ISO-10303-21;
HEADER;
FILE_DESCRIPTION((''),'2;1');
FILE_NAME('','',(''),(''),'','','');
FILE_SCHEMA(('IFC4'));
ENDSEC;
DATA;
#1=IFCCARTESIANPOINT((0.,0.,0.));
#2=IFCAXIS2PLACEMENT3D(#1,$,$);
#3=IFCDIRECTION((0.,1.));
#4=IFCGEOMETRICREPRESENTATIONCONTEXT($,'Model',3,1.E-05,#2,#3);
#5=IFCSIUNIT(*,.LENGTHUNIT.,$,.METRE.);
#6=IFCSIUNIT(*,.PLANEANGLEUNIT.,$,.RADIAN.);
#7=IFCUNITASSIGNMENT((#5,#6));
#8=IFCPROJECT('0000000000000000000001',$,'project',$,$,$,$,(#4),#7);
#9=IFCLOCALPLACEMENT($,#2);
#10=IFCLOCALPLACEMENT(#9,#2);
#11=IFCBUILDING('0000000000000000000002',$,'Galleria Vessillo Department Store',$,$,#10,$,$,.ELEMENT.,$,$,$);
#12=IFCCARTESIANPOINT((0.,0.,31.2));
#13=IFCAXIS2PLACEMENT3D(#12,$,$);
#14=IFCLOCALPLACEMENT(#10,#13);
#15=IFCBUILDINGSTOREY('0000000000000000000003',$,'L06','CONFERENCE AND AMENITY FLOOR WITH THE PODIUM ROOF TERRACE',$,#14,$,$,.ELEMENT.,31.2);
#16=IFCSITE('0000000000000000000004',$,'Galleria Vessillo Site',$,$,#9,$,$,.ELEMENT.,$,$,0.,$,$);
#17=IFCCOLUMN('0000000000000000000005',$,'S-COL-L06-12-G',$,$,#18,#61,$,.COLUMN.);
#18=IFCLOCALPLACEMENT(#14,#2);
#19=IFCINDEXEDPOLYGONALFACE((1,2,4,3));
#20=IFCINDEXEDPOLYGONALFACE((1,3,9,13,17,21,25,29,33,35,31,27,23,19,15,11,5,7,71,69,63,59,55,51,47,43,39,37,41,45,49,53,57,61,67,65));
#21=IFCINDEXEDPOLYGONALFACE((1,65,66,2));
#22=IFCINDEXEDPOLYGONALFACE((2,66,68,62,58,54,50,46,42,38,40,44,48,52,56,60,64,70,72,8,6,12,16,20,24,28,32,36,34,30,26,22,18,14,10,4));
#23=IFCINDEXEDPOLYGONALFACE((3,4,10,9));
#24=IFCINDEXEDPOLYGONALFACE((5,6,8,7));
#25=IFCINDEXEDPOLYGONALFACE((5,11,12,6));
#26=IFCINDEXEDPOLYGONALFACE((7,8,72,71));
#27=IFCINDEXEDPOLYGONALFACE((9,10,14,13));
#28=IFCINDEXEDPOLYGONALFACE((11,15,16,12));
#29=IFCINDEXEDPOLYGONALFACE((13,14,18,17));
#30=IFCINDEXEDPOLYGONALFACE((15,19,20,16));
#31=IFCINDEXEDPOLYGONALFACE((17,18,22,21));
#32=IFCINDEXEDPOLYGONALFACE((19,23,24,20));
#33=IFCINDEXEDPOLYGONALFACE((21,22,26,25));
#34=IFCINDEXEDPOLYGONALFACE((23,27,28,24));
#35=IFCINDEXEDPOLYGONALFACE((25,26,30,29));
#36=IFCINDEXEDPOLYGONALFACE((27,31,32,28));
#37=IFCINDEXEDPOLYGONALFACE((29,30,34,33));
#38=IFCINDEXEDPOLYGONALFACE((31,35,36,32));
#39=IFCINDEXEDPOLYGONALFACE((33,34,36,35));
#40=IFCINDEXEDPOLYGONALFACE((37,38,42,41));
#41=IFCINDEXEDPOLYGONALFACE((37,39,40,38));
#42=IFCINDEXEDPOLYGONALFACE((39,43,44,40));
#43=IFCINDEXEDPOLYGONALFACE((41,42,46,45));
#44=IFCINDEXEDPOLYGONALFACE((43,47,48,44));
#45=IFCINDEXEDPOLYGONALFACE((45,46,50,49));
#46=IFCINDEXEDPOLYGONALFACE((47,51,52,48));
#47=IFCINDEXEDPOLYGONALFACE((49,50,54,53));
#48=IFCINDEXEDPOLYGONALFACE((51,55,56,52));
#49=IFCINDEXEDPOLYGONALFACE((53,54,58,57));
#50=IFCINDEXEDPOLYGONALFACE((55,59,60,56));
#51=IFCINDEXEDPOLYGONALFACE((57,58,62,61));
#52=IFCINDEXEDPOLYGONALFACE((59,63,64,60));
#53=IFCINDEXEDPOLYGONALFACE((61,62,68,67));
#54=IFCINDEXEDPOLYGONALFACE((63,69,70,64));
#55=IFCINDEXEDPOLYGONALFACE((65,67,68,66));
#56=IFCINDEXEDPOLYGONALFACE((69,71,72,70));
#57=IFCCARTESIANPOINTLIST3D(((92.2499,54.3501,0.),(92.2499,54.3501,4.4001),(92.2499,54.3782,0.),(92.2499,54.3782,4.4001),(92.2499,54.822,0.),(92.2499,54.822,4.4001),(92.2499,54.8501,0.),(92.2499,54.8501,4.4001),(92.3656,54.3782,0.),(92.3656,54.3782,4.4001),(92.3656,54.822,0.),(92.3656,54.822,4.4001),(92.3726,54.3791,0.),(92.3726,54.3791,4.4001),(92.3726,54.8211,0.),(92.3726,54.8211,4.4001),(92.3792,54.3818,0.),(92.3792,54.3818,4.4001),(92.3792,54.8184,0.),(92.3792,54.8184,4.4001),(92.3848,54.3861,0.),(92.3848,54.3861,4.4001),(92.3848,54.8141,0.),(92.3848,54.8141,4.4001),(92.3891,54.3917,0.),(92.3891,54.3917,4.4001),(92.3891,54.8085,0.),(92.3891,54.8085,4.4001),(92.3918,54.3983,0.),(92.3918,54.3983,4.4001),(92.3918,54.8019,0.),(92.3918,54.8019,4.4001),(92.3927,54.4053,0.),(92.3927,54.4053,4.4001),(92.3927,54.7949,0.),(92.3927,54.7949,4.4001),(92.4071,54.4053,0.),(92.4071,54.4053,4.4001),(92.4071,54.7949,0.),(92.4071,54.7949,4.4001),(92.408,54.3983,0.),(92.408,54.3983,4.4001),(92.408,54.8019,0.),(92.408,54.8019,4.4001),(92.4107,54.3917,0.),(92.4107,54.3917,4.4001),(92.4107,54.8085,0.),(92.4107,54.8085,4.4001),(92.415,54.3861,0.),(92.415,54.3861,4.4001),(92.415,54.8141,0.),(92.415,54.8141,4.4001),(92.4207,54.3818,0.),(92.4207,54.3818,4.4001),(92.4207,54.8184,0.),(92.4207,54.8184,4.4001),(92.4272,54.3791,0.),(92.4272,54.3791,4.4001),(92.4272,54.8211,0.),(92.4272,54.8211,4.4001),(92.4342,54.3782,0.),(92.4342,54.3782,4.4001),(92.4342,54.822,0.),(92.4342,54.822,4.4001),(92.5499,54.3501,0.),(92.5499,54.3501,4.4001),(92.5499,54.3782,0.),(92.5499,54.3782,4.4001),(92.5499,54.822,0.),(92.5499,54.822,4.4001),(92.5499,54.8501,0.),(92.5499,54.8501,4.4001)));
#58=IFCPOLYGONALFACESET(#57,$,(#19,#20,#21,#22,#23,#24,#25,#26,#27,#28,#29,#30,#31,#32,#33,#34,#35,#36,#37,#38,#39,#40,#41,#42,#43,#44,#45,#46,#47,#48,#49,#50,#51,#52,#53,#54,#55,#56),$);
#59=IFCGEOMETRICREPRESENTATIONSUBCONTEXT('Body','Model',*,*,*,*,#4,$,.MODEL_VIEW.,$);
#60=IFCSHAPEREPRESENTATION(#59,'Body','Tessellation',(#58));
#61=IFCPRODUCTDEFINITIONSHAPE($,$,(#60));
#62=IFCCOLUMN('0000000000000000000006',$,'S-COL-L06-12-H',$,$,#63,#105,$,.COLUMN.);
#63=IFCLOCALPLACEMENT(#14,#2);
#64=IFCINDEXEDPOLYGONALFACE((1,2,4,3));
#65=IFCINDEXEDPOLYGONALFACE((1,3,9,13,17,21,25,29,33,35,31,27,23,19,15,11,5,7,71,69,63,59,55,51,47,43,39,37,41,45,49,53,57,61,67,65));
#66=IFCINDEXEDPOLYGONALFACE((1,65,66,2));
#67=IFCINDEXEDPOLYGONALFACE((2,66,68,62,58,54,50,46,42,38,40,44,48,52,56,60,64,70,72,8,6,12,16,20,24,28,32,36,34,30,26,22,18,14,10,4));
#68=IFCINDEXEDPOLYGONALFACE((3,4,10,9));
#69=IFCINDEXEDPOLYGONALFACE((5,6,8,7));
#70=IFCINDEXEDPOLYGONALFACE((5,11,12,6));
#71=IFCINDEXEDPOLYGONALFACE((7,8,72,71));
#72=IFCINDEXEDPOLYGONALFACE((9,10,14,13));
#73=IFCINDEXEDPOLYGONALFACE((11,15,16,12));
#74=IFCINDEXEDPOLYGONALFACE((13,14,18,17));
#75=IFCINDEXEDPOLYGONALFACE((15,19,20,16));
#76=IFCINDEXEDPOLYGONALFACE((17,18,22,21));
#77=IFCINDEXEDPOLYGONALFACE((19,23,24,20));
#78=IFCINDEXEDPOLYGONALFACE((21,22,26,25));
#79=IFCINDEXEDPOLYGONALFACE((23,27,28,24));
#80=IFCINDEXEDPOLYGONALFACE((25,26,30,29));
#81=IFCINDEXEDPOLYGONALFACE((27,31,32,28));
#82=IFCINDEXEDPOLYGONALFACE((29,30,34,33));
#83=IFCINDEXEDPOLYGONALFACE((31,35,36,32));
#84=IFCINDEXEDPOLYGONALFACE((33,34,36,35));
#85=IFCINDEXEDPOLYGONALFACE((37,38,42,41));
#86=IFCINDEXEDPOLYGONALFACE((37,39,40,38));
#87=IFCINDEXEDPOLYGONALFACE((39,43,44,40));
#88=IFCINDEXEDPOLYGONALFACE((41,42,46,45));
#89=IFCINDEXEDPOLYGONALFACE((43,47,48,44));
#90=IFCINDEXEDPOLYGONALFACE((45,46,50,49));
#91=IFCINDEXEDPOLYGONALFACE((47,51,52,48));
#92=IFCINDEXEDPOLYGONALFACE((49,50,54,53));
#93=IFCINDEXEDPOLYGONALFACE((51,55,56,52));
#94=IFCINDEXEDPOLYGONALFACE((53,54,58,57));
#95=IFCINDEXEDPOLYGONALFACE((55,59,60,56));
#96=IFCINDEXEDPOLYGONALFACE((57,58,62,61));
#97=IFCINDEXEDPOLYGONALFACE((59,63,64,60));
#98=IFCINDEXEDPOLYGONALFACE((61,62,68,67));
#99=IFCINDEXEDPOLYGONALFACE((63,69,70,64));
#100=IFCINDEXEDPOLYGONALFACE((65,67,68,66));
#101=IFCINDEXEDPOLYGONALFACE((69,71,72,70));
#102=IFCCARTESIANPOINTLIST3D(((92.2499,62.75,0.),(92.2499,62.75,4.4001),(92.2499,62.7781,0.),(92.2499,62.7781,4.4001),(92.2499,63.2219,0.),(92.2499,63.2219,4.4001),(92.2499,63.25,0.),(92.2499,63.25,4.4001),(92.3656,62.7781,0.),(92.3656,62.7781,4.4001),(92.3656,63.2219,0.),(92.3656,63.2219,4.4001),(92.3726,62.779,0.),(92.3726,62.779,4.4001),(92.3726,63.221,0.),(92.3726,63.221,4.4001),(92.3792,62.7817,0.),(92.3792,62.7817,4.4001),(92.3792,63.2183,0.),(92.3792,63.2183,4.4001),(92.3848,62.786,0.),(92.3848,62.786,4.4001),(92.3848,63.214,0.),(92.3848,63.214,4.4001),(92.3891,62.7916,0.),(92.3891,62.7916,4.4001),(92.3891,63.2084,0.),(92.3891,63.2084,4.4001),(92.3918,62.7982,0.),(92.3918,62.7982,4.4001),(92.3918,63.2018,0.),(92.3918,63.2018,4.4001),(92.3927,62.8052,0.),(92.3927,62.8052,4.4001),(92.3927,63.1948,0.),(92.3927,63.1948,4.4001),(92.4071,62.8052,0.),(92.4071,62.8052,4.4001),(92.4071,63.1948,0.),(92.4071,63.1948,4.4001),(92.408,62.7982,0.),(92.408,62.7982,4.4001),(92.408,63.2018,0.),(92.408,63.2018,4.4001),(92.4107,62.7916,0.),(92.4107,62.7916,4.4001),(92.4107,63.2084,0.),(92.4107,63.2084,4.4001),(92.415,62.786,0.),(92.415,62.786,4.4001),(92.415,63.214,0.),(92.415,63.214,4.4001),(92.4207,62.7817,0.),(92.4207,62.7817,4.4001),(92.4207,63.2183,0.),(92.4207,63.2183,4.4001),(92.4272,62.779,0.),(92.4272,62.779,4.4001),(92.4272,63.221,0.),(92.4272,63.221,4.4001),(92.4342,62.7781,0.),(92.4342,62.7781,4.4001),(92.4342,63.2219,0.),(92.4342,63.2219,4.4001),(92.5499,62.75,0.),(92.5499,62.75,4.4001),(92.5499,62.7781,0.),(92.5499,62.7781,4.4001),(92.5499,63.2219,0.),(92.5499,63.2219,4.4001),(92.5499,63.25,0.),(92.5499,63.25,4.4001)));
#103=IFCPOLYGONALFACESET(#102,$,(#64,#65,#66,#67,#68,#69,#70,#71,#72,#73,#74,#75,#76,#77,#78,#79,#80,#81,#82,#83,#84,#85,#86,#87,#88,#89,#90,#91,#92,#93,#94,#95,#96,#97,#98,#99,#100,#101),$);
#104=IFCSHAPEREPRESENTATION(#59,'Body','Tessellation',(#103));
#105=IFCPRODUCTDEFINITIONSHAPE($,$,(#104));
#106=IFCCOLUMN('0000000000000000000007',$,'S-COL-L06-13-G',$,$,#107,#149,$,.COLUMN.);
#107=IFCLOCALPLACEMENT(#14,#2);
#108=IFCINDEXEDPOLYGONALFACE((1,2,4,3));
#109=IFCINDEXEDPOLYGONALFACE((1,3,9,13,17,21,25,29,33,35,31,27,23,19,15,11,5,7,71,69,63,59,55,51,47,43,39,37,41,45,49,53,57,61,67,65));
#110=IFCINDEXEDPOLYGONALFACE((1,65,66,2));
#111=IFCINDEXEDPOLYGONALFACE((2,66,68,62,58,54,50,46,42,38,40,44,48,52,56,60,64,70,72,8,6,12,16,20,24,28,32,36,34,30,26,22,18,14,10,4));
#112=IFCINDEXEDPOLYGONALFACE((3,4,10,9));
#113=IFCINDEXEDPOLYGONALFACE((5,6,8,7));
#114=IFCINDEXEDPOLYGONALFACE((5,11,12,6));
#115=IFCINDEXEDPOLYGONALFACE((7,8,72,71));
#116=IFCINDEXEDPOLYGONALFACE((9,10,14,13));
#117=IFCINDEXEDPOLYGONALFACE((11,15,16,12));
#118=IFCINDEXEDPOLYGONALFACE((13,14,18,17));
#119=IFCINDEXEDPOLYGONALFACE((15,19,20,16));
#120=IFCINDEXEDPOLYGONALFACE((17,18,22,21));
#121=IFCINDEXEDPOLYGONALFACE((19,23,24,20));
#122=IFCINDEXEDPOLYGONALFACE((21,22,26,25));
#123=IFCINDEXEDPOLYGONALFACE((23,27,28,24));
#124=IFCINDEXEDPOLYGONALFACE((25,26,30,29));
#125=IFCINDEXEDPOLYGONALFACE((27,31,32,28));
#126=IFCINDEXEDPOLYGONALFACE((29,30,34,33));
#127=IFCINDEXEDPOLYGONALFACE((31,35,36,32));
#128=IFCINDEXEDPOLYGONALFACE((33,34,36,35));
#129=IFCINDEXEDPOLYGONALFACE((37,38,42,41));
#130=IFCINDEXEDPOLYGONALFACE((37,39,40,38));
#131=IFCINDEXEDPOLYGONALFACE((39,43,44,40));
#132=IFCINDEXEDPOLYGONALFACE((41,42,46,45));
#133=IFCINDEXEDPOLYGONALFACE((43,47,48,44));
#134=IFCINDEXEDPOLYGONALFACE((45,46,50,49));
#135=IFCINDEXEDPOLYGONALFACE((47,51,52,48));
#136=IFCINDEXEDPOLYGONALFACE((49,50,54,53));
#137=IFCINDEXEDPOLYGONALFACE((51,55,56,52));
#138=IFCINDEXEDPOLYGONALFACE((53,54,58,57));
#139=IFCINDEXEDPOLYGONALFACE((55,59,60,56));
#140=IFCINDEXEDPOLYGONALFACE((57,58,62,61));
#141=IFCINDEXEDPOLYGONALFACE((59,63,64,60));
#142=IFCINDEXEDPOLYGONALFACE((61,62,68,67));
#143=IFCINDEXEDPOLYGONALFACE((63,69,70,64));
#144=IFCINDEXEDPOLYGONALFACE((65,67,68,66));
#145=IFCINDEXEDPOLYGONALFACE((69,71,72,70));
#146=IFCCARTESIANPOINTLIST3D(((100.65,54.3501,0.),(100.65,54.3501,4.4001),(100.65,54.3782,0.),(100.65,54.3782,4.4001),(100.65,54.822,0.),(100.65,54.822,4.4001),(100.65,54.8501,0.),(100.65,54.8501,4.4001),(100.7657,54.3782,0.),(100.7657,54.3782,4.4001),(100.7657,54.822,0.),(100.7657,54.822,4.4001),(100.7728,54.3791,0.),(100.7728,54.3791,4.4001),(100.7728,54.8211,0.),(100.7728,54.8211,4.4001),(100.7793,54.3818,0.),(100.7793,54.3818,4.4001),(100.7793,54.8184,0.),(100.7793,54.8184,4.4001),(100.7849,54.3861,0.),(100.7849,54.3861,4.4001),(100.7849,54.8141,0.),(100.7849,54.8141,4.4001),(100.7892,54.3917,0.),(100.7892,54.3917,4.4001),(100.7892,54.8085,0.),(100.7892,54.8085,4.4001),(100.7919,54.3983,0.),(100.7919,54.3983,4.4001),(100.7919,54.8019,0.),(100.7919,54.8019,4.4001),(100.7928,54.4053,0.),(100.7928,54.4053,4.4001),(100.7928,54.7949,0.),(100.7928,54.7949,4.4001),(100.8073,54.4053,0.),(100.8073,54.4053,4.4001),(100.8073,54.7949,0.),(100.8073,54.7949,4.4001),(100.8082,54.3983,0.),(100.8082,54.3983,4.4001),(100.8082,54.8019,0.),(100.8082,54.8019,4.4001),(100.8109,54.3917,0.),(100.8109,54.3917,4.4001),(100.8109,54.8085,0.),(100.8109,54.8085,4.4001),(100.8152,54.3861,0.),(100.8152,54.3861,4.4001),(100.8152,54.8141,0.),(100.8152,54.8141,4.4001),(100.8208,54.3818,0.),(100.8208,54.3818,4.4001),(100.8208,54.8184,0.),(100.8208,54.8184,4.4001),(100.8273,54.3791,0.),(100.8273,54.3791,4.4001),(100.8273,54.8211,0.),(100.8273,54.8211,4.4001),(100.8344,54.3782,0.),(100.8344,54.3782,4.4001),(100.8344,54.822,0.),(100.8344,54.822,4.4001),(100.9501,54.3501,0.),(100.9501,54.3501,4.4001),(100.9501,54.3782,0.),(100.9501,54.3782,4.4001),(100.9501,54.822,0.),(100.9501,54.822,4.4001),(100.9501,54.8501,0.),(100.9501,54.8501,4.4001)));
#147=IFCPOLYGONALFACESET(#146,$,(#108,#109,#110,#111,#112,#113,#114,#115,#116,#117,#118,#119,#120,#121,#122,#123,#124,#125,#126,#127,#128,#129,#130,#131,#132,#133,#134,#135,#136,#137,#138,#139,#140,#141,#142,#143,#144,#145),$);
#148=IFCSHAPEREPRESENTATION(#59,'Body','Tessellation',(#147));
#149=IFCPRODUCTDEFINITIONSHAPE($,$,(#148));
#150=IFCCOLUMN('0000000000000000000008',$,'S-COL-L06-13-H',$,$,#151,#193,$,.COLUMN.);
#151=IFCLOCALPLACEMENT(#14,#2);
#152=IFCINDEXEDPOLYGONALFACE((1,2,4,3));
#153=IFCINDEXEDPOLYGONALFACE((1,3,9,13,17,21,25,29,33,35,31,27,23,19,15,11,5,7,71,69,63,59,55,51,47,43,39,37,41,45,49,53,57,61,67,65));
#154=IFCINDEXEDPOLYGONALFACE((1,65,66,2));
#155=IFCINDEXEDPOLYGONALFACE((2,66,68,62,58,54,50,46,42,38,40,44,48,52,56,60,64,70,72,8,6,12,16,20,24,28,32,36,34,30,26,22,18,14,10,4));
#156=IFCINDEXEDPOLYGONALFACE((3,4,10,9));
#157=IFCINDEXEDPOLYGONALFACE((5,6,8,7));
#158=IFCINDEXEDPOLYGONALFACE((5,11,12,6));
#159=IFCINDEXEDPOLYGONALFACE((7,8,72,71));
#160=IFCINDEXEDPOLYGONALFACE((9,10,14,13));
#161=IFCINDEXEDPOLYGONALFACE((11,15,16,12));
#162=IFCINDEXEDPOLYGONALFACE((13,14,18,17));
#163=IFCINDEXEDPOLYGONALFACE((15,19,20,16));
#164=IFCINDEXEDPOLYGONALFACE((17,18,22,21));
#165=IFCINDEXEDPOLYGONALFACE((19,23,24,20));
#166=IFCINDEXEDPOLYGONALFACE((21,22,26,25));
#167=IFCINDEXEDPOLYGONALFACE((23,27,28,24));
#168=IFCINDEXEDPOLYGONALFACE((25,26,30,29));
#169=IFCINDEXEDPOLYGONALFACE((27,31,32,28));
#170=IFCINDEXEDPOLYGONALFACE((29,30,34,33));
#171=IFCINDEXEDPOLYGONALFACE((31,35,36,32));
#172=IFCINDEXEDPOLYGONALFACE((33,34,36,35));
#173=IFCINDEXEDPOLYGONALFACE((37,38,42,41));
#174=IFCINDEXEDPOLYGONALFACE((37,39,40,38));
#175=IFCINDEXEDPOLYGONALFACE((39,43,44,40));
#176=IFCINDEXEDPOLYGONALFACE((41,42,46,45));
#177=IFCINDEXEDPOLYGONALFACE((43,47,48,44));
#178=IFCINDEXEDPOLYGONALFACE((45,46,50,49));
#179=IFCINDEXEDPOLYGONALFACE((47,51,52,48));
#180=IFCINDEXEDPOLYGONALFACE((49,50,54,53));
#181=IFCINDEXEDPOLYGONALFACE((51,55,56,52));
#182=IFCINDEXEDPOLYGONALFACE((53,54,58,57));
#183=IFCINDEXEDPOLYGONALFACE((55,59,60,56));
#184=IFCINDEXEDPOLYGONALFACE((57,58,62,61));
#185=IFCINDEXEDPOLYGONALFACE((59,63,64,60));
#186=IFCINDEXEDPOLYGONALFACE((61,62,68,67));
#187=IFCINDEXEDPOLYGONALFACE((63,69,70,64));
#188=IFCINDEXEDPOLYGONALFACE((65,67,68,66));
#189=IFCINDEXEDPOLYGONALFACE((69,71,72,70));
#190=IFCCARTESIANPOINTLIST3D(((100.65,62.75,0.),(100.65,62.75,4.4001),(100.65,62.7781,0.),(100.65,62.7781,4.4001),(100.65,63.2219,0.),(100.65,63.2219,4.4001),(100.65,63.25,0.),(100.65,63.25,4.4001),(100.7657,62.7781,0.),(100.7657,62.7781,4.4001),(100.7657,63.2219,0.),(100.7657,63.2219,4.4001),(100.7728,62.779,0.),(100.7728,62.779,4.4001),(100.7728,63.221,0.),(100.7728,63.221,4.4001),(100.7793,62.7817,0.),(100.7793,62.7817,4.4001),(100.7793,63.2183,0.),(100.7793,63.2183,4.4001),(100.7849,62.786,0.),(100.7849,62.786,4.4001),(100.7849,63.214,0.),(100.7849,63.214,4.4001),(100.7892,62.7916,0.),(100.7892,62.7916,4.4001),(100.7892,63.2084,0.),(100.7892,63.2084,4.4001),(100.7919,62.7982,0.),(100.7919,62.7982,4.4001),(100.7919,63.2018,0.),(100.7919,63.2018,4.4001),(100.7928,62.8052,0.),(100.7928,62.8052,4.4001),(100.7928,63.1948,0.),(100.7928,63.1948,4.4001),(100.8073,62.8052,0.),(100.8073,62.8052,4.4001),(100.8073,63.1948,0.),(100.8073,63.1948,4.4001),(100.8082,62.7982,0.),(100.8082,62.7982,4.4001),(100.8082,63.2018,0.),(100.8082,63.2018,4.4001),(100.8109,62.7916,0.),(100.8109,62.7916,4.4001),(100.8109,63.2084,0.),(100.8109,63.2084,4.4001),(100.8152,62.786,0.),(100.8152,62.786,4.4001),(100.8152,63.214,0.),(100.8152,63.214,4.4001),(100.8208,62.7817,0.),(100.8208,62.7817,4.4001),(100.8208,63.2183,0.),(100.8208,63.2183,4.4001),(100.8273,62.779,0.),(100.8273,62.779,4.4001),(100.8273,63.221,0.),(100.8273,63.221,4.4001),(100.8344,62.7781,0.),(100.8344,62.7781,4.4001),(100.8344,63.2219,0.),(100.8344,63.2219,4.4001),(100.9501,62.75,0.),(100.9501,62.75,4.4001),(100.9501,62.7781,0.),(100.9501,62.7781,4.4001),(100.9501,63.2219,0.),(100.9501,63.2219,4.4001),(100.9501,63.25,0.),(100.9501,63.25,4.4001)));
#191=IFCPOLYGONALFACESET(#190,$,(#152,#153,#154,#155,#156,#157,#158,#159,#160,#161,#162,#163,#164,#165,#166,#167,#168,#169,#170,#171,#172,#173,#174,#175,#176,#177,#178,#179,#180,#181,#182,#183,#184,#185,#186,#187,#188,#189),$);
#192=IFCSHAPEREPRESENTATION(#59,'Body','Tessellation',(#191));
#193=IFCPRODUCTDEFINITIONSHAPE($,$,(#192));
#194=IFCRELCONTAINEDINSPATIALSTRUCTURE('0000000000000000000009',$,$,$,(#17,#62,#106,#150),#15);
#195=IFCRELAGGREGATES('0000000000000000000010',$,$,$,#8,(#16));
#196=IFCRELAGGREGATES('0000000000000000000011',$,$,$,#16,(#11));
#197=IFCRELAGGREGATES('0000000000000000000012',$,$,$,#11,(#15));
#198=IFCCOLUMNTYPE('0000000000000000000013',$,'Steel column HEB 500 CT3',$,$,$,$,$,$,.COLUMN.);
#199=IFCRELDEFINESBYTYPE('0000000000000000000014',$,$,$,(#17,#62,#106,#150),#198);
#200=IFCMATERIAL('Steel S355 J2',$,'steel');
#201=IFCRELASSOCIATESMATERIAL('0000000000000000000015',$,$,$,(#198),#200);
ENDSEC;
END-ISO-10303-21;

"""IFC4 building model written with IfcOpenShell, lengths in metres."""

from ifc_helpers import new_model, si_unit, direction, frame, origin, origin_2d, place, context, subcontext, project, spatial, i_section, extrude, material, material_profile, profile_set, type_object, element, save


model = new_model("IFC4")

# Units and contexts
model_context = context("Model", 3, precision=1e-05, world=origin(), true_north=direction((0.0, 1.0)))
body_context = subcontext(model_context, "Body", "Model", "MODEL_VIEW")
ifc_project = project(units=[si_unit("LENGTHUNIT", "METRE"), si_unit("PLANEANGLEUNIT", "RADIAN")], contexts=[model_context])

# Site, building, storey
site_placement = place(None, origin())
site = spatial("IfcSite", under=ifc_project, at=site_placement, Name="Galleria Vessillo Site", CompositionType="ELEMENT", RefElevation=0.0)
building_placement = place(site_placement, origin())
building = spatial("IfcBuilding", under=site, at=building_placement, Name="Galleria Vessillo Department Store", CompositionType="ELEMENT")
storey_placement = place(building_placement, frame((0.0, 0.0, 31.2)))
storey = spatial("IfcBuildingStorey", under=building, at=storey_placement, Name="L06", Description="CONFERENCE AND AMENITY FLOOR WITH THE PODIUM ROOF TERRACE", CompositionType="ELEMENT", Elevation=31.2)

# Columns
ifc_material_1 = material(Name="Steel S355 J2", Category="steel")
ifc_material_profile_1 = material_profile(ifc_material_1, i_section(OverallWidth=0.3, OverallDepth=0.5, WebThickness=0.0144, FlangeThickness=0.0281, FilletRadius=0.0271, at=origin_2d()), Name="HEB 500")
ifc_profile_set_1 = profile_set([ifc_material_profile_1], Name="Steel S355 J2")
column_type = type_object("IfcColumnType", Name="Steel column HEB 500 CT3", PredefinedType="COLUMN", material=ifc_profile_set_1)
for number, where, z_axis, x_axis, name in (
    (1, (92.3999, 54.6001, 0.0), (0.0, 0.0, 1.0), (1.0, 0.0, 0.0), "S-COL-L06-12-G"),
    (2, (92.3999, 63.0, 0.0), (0.0, 0.0, 1.0), (1.0, 0.0, 0.0), "S-COL-L06-12-H"),
    (3, (100.8, 54.6001, 0.0), (0.0, 0.0, 1.0), (1.0, 0.0, 0.0), "S-COL-L06-13-G"),
    (4, (100.8, 63.0, 0.0), (0.0, 0.0, 1.0), (1.0, 0.0, 0.0), "S-COL-L06-13-H"),
):
    element("IfcColumn", number, at=place(storey_placement, frame(where, z_axis=z_axis, x_axis=x_axis)), inside=storey, type_object=column_type, Name=name, PredefinedType="COLUMN", context=body_context, shape_type="SweptSolid", body=[
        extrude(i_section(OverallWidth=0.3, OverallDepth=0.5, WebThickness=0.0144, FlangeThickness=0.0281, FilletRadius=0.0271, at=origin_2d()), origin(), (0.0, 0.0, 1.0), 4.4001),
    ])

save(model, "model.ifc")
